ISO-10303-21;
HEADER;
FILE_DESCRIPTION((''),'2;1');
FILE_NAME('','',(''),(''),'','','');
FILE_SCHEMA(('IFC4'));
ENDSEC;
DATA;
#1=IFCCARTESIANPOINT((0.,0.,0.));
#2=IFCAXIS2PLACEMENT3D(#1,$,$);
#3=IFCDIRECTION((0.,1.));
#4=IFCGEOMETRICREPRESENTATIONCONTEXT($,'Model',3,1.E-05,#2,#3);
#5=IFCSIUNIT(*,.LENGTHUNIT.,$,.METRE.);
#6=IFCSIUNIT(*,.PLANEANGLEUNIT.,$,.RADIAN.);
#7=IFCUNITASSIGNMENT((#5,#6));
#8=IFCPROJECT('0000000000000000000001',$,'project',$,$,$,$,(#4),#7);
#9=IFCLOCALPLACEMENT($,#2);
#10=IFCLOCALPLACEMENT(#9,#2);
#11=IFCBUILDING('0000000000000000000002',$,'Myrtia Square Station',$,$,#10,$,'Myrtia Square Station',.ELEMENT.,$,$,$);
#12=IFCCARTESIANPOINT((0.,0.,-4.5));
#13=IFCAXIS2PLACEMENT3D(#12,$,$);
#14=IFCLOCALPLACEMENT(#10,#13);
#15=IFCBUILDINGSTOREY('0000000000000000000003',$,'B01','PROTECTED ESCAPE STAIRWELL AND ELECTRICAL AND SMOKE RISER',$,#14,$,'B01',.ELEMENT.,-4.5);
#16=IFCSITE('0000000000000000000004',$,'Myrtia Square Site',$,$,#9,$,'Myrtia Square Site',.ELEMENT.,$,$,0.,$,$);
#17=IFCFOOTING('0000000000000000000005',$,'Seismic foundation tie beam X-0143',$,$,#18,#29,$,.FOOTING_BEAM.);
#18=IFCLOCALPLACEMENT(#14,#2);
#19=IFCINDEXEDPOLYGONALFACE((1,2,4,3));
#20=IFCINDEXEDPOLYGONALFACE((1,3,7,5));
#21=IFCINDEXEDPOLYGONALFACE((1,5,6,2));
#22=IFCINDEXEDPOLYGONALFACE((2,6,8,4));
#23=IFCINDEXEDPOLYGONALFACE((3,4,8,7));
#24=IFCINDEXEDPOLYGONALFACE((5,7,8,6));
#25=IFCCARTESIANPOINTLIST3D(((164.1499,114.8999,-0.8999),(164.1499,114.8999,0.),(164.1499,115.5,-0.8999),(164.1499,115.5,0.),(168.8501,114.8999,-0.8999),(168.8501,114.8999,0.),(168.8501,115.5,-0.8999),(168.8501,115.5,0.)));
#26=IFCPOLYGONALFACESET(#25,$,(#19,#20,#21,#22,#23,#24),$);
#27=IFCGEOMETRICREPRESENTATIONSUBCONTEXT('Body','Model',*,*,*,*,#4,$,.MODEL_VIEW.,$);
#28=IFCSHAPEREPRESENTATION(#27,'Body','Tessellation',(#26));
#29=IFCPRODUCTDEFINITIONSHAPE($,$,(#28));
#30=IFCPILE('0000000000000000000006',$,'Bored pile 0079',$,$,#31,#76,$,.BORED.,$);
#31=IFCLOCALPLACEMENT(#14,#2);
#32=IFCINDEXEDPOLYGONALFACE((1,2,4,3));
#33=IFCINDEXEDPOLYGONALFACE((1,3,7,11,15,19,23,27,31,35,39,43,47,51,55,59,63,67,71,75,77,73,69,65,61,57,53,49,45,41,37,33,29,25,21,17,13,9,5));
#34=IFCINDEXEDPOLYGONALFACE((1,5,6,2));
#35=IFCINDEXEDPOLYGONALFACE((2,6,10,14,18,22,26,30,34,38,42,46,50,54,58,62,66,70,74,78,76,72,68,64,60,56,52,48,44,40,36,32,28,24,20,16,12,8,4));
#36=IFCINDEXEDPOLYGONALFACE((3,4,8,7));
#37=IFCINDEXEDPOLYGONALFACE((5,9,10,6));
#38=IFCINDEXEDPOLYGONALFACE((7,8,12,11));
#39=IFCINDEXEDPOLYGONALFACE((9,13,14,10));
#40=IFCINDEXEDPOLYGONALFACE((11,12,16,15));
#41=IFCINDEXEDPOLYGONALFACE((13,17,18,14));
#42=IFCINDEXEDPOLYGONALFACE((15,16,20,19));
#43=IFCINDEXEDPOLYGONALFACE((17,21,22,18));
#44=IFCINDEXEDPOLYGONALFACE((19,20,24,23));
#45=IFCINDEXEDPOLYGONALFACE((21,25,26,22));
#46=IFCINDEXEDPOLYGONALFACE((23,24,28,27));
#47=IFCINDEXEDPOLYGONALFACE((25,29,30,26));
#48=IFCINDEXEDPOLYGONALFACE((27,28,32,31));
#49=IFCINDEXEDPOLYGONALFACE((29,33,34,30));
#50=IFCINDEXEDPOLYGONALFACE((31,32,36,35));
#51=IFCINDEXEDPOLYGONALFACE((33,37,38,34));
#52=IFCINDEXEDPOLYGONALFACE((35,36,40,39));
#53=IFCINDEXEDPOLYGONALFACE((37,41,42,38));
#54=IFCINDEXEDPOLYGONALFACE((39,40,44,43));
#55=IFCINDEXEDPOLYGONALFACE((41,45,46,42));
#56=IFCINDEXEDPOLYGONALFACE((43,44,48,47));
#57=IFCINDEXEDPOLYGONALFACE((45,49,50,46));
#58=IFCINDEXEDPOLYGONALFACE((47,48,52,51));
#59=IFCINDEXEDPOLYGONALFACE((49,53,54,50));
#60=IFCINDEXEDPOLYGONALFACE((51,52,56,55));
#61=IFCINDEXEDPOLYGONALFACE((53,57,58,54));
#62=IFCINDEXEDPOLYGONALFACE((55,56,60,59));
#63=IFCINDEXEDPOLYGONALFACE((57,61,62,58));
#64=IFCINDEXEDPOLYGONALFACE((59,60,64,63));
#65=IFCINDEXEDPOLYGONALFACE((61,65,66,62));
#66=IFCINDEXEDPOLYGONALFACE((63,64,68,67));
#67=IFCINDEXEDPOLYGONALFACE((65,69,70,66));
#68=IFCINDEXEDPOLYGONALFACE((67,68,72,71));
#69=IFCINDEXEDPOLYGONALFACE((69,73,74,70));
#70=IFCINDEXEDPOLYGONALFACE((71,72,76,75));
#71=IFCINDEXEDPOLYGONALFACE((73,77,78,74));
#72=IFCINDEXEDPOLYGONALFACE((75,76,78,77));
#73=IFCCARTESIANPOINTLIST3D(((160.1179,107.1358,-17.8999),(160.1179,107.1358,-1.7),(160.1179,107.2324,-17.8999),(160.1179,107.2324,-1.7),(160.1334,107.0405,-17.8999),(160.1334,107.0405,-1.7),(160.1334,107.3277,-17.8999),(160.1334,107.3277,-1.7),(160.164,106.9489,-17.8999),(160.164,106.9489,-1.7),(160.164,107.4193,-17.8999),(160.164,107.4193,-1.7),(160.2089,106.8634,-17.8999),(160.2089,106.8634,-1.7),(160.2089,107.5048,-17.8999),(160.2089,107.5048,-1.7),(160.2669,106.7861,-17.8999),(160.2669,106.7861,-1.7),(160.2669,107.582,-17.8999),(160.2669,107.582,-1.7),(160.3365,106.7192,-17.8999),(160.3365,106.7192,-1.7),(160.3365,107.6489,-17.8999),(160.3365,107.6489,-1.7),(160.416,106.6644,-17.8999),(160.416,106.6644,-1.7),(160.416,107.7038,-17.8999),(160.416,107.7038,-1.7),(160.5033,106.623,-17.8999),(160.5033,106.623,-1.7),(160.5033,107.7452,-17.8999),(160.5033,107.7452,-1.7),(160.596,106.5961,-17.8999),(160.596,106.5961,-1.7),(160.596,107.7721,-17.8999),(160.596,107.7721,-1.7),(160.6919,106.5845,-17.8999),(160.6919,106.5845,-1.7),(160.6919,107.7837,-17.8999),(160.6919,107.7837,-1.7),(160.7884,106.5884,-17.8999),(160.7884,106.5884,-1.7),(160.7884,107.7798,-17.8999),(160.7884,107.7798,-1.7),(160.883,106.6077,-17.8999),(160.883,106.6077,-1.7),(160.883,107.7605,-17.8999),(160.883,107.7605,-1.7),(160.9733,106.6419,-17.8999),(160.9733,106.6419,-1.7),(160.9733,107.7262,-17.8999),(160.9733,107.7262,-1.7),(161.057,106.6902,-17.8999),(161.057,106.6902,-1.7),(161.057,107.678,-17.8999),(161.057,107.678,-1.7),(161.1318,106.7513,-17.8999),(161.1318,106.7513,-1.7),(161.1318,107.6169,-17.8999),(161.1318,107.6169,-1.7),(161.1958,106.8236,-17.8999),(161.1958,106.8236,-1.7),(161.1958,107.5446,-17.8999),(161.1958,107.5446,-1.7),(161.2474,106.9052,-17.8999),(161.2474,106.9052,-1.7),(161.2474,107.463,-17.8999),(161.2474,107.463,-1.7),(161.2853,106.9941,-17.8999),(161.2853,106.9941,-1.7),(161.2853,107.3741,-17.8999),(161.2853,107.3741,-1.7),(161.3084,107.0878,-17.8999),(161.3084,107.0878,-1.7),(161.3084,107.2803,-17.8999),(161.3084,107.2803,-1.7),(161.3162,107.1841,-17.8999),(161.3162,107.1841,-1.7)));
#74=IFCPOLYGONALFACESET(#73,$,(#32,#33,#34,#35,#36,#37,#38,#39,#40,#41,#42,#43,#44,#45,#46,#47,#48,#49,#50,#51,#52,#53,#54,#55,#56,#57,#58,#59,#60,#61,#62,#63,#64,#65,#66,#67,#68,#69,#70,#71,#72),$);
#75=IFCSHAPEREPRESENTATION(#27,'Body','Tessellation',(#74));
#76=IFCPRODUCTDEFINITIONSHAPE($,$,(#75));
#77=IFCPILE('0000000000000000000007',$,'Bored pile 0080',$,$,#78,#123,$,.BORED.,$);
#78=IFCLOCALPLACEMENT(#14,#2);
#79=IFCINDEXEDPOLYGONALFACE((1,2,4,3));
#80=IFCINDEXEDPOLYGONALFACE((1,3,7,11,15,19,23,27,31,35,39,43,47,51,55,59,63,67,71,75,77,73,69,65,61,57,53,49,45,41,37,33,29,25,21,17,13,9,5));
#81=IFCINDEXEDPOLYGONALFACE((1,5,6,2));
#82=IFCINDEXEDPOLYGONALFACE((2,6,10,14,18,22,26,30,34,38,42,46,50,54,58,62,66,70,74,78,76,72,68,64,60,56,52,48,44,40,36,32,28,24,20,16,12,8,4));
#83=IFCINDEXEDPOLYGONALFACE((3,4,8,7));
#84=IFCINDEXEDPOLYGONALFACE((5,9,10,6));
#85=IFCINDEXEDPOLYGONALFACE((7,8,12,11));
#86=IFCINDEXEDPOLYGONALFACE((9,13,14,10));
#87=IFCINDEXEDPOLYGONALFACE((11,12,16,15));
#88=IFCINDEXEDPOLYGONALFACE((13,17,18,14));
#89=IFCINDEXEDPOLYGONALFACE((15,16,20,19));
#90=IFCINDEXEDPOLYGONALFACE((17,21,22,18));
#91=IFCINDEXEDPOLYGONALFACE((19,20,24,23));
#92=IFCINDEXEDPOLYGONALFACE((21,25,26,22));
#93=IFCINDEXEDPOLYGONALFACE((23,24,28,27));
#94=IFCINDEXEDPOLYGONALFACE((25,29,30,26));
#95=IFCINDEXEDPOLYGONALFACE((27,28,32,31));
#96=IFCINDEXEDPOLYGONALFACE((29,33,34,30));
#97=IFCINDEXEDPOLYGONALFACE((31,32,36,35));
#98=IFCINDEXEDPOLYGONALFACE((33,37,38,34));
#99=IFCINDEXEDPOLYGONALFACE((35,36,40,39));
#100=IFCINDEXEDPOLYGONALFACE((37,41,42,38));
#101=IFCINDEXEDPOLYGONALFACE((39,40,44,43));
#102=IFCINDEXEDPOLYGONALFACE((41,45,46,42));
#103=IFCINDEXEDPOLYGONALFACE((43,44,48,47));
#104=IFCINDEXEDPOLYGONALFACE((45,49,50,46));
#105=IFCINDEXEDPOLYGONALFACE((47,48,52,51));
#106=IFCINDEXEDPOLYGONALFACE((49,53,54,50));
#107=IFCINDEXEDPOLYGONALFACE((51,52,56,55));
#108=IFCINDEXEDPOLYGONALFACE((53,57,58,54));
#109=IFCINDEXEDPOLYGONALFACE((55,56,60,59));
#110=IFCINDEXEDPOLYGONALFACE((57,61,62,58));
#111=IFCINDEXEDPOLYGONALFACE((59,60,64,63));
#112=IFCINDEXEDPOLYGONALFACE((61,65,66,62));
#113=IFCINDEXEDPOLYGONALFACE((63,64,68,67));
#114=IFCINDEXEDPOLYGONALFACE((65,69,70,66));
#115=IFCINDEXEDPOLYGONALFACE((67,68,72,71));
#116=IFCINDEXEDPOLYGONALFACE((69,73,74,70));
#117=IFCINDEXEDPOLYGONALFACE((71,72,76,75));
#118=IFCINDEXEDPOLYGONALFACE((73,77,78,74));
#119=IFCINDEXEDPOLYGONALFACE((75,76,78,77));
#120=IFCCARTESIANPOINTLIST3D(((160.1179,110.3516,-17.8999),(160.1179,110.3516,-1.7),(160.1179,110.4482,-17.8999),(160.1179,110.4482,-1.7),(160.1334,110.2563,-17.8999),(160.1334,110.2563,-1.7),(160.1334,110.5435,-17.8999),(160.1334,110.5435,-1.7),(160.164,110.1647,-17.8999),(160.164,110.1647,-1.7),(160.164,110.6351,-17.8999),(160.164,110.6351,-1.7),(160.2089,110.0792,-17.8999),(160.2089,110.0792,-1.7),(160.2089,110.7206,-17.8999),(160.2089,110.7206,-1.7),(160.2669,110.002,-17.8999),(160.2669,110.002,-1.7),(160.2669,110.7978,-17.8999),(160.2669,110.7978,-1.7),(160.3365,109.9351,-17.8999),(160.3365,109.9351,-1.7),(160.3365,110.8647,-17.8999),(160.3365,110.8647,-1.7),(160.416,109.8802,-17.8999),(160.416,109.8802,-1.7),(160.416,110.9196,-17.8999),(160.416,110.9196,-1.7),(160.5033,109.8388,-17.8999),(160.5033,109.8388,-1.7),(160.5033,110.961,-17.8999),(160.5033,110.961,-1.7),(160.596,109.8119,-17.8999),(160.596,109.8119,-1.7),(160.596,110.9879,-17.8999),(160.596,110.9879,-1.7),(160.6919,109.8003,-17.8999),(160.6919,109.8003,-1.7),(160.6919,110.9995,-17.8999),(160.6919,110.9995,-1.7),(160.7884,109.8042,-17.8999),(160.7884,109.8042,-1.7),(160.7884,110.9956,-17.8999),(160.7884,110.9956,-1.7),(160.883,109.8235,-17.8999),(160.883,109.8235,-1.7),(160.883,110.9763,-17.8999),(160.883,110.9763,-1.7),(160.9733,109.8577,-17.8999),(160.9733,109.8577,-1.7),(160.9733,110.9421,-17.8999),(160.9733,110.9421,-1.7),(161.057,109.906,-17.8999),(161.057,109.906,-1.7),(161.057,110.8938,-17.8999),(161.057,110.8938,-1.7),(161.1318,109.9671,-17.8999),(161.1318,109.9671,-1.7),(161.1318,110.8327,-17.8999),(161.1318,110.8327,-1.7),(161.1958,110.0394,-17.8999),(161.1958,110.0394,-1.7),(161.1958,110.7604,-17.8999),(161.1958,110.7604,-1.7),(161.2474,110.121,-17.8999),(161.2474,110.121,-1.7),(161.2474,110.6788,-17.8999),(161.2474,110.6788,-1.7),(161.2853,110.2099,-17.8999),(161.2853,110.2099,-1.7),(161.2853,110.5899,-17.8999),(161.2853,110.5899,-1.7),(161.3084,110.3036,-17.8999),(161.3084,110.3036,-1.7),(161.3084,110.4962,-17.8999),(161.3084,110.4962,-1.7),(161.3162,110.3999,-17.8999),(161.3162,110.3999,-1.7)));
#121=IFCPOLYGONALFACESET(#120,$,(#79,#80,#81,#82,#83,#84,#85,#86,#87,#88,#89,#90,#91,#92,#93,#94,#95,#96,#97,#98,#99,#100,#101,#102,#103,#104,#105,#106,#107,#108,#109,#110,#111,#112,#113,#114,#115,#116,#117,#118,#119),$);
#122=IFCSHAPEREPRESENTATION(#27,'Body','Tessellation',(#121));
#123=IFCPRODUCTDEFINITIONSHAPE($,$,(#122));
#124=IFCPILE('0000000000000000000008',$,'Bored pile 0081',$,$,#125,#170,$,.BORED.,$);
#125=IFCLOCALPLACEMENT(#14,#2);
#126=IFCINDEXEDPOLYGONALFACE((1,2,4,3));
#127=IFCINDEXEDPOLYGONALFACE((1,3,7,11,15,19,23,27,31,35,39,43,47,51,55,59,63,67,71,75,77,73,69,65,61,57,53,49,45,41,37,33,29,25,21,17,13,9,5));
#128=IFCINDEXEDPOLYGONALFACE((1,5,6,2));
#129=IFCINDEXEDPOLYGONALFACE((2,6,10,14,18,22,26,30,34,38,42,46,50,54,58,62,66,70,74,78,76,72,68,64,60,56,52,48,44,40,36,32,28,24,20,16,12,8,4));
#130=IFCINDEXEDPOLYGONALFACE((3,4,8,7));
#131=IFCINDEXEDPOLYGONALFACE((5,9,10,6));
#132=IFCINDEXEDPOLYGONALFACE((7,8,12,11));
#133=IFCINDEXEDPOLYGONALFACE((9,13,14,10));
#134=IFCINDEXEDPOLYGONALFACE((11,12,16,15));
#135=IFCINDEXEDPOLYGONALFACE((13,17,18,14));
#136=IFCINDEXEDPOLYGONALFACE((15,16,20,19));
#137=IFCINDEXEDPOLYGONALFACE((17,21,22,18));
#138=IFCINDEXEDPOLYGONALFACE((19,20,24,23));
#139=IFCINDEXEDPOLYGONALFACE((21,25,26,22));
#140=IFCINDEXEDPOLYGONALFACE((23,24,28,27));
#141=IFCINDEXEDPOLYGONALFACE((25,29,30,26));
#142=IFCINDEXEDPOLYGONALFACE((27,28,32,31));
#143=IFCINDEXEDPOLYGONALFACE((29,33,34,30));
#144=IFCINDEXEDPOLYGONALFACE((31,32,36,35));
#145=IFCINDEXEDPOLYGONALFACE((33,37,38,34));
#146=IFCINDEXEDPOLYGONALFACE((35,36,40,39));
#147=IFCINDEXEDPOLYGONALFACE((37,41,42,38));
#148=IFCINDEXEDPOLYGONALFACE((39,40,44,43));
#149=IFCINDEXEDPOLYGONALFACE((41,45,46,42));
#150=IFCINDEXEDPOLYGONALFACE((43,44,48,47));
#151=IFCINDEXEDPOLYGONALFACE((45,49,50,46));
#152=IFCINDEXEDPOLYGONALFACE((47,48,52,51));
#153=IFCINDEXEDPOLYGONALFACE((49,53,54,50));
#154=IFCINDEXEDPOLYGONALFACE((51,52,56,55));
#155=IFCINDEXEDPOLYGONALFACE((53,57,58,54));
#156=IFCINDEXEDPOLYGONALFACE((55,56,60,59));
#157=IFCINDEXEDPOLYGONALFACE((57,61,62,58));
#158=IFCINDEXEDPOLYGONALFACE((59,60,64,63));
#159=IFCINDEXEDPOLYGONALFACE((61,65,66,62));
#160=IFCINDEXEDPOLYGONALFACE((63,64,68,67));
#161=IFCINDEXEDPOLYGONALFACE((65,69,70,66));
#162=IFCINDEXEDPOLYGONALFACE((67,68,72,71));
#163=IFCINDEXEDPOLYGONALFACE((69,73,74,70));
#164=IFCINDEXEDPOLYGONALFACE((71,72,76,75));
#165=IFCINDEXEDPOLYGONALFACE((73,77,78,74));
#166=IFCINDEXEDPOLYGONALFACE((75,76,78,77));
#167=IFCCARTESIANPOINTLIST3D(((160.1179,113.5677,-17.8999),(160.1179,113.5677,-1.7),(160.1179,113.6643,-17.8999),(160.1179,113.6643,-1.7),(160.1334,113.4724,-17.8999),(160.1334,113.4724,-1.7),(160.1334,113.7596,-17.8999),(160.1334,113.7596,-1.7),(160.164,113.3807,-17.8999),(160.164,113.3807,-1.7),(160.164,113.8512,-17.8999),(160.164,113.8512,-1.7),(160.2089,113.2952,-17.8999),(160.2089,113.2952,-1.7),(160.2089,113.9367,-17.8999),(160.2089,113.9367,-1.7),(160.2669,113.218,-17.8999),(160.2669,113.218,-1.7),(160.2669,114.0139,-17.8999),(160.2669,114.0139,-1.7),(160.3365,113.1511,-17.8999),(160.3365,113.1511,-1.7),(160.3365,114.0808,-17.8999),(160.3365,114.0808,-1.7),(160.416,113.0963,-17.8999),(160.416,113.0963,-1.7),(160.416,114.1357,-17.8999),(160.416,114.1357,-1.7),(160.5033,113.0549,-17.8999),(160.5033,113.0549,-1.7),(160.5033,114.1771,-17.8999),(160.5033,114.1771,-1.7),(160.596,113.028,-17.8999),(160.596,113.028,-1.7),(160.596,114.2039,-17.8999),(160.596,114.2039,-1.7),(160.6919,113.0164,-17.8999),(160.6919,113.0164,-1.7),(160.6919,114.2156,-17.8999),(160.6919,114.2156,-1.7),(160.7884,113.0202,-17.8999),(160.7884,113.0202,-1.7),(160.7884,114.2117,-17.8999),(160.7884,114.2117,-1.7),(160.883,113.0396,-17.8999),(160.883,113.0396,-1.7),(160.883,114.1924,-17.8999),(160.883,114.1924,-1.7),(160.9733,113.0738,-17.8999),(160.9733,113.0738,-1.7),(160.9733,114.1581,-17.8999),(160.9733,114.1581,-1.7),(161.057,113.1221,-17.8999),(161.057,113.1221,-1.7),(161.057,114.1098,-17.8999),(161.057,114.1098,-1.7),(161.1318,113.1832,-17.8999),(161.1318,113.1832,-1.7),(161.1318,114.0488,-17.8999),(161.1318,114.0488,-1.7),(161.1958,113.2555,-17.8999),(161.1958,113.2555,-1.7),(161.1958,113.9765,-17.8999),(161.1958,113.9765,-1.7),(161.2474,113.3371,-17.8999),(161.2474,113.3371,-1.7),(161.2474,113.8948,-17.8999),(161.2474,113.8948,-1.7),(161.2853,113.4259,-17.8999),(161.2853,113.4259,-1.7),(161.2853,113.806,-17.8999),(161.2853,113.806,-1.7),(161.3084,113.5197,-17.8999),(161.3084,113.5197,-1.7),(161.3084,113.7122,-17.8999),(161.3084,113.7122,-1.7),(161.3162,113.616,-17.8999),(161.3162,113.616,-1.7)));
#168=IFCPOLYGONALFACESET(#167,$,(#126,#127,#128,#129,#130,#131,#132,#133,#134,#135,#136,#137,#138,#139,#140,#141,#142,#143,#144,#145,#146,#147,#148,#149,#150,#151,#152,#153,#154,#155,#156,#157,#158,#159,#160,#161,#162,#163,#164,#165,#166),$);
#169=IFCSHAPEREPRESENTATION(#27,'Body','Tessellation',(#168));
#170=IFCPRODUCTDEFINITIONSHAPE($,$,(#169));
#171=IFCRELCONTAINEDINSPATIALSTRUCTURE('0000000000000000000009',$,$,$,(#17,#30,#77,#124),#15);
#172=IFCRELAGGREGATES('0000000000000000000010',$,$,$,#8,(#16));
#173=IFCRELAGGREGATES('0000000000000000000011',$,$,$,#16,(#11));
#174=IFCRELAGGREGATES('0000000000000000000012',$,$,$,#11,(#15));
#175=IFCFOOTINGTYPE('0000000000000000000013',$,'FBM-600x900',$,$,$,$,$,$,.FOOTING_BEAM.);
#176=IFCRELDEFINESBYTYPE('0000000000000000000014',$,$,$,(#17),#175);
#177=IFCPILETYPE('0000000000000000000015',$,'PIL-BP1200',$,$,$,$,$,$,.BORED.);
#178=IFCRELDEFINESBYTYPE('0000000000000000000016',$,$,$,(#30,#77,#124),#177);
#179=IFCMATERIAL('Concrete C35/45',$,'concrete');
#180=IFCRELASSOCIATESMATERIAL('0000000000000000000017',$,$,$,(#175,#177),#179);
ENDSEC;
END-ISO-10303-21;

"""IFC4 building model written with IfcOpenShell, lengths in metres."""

from ifc_helpers import new_model, si_unit, direction, frame, origin, origin_2d, place, context, subcontext, project, spatial, rectangle, circle, extrude, material, material_profile, profile_set, type_object, element, save


model = new_model("IFC4")

# Units and contexts
model_context = context("Model", 3, precision=1e-05, world=origin(), true_north=direction((0.0, 1.0)))
body_context = subcontext(model_context, "Body", "Model", "MODEL_VIEW")
ifc_project = project(units=[si_unit("LENGTHUNIT", "METRE"), si_unit("PLANEANGLEUNIT", "RADIAN")], contexts=[model_context])

# Site, building, storey
site_placement = place(None, origin())
site = spatial("IfcSite", under=ifc_project, at=site_placement, Name="Myrtia Square Site", LongName="Myrtia Square Site", CompositionType="ELEMENT", RefElevation=0.0)
building_placement = place(site_placement, origin())
building = spatial("IfcBuilding", under=site, at=building_placement, Name="Myrtia Square Station", LongName="Myrtia Square Station", CompositionType="ELEMENT")
storey_placement = place(building_placement, frame((0.0, 0.0, -4.5)))
storey = spatial("IfcBuildingStorey", under=building, at=storey_placement, Name="B01", Description="PROTECTED ESCAPE STAIRWELL AND ELECTRICAL AND SMOKE RISER", LongName="B01", CompositionType="ELEMENT", Elevation=-4.5)

# Footing
ifc_material_1 = material(Name="Concrete C35/45", Category="concrete")
ifc_material_profile_1 = material_profile(ifc_material_1, rectangle(XDim=0.6001, YDim=0.8999, at=origin_2d()), Name="FB 600x900")
ifc_profile_set_1 = profile_set([ifc_material_profile_1], Name="Concrete C35/45")
footing_type = type_object("IfcFootingType", Name="FBM-600x900", PredefinedType="FOOTING_BEAM", material=ifc_profile_set_1)
footing_placement = place(storey_placement, frame((164.1499, 115.2, -0.45), z_axis=(1.0, 0.0, 0.0), x_axis=(0.0, 1.0, 0.0)))
element("IfcFooting", 1, at=footing_placement, inside=storey, type_object=footing_type, Name="Seismic foundation tie beam X-0143", PredefinedType="FOOTING_BEAM", context=body_context, shape_type="SweptSolid", body=[
    extrude(rectangle(XDim=0.6001, YDim=0.8999, at=origin_2d()), origin(), (0.0, 0.0, 1.0), 4.7002),
])

# Piles
ifc_material_profile_2 = material_profile(ifc_material_1, circle(Radius=0.6001, at=origin_2d()), Name="BP D1200")
ifc_profile_set_2 = profile_set([ifc_material_profile_2], Name="Concrete C35/45")
pile_type = type_object("IfcPileType", Name="PIL-BP1200", PredefinedType="BORED", material=ifc_profile_set_2)
for number, where, z_axis, x_axis, name in (
    (2, (160.7161, 107.1841, -1.7), (0.0, 0.0, -1.0), (1.0, 0.0, 0.0), "Bored pile 0079"),
    (3, (160.7161, 110.3999, -1.7), (0.0, 0.0, -1.0), (1.0, 0.0, 0.0), "Bored pile 0080"),
    (4, (160.7161, 113.616, -1.7), (0.0, 0.0, -1.0), (1.0, 0.0, 0.0), "Bored pile 0081"),
):
    element("IfcPile", number, at=place(storey_placement, frame(where, z_axis=z_axis, x_axis=x_axis)), inside=storey, type_object=pile_type, Name=name, PredefinedType="BORED", context=body_context, shape_type="SweptSolid", body=[
        extrude(circle(Radius=0.6001, at=origin_2d()), origin(), (0.0, 0.0, 1.0), 16.2),
    ])

save(model, "model.ifc")
